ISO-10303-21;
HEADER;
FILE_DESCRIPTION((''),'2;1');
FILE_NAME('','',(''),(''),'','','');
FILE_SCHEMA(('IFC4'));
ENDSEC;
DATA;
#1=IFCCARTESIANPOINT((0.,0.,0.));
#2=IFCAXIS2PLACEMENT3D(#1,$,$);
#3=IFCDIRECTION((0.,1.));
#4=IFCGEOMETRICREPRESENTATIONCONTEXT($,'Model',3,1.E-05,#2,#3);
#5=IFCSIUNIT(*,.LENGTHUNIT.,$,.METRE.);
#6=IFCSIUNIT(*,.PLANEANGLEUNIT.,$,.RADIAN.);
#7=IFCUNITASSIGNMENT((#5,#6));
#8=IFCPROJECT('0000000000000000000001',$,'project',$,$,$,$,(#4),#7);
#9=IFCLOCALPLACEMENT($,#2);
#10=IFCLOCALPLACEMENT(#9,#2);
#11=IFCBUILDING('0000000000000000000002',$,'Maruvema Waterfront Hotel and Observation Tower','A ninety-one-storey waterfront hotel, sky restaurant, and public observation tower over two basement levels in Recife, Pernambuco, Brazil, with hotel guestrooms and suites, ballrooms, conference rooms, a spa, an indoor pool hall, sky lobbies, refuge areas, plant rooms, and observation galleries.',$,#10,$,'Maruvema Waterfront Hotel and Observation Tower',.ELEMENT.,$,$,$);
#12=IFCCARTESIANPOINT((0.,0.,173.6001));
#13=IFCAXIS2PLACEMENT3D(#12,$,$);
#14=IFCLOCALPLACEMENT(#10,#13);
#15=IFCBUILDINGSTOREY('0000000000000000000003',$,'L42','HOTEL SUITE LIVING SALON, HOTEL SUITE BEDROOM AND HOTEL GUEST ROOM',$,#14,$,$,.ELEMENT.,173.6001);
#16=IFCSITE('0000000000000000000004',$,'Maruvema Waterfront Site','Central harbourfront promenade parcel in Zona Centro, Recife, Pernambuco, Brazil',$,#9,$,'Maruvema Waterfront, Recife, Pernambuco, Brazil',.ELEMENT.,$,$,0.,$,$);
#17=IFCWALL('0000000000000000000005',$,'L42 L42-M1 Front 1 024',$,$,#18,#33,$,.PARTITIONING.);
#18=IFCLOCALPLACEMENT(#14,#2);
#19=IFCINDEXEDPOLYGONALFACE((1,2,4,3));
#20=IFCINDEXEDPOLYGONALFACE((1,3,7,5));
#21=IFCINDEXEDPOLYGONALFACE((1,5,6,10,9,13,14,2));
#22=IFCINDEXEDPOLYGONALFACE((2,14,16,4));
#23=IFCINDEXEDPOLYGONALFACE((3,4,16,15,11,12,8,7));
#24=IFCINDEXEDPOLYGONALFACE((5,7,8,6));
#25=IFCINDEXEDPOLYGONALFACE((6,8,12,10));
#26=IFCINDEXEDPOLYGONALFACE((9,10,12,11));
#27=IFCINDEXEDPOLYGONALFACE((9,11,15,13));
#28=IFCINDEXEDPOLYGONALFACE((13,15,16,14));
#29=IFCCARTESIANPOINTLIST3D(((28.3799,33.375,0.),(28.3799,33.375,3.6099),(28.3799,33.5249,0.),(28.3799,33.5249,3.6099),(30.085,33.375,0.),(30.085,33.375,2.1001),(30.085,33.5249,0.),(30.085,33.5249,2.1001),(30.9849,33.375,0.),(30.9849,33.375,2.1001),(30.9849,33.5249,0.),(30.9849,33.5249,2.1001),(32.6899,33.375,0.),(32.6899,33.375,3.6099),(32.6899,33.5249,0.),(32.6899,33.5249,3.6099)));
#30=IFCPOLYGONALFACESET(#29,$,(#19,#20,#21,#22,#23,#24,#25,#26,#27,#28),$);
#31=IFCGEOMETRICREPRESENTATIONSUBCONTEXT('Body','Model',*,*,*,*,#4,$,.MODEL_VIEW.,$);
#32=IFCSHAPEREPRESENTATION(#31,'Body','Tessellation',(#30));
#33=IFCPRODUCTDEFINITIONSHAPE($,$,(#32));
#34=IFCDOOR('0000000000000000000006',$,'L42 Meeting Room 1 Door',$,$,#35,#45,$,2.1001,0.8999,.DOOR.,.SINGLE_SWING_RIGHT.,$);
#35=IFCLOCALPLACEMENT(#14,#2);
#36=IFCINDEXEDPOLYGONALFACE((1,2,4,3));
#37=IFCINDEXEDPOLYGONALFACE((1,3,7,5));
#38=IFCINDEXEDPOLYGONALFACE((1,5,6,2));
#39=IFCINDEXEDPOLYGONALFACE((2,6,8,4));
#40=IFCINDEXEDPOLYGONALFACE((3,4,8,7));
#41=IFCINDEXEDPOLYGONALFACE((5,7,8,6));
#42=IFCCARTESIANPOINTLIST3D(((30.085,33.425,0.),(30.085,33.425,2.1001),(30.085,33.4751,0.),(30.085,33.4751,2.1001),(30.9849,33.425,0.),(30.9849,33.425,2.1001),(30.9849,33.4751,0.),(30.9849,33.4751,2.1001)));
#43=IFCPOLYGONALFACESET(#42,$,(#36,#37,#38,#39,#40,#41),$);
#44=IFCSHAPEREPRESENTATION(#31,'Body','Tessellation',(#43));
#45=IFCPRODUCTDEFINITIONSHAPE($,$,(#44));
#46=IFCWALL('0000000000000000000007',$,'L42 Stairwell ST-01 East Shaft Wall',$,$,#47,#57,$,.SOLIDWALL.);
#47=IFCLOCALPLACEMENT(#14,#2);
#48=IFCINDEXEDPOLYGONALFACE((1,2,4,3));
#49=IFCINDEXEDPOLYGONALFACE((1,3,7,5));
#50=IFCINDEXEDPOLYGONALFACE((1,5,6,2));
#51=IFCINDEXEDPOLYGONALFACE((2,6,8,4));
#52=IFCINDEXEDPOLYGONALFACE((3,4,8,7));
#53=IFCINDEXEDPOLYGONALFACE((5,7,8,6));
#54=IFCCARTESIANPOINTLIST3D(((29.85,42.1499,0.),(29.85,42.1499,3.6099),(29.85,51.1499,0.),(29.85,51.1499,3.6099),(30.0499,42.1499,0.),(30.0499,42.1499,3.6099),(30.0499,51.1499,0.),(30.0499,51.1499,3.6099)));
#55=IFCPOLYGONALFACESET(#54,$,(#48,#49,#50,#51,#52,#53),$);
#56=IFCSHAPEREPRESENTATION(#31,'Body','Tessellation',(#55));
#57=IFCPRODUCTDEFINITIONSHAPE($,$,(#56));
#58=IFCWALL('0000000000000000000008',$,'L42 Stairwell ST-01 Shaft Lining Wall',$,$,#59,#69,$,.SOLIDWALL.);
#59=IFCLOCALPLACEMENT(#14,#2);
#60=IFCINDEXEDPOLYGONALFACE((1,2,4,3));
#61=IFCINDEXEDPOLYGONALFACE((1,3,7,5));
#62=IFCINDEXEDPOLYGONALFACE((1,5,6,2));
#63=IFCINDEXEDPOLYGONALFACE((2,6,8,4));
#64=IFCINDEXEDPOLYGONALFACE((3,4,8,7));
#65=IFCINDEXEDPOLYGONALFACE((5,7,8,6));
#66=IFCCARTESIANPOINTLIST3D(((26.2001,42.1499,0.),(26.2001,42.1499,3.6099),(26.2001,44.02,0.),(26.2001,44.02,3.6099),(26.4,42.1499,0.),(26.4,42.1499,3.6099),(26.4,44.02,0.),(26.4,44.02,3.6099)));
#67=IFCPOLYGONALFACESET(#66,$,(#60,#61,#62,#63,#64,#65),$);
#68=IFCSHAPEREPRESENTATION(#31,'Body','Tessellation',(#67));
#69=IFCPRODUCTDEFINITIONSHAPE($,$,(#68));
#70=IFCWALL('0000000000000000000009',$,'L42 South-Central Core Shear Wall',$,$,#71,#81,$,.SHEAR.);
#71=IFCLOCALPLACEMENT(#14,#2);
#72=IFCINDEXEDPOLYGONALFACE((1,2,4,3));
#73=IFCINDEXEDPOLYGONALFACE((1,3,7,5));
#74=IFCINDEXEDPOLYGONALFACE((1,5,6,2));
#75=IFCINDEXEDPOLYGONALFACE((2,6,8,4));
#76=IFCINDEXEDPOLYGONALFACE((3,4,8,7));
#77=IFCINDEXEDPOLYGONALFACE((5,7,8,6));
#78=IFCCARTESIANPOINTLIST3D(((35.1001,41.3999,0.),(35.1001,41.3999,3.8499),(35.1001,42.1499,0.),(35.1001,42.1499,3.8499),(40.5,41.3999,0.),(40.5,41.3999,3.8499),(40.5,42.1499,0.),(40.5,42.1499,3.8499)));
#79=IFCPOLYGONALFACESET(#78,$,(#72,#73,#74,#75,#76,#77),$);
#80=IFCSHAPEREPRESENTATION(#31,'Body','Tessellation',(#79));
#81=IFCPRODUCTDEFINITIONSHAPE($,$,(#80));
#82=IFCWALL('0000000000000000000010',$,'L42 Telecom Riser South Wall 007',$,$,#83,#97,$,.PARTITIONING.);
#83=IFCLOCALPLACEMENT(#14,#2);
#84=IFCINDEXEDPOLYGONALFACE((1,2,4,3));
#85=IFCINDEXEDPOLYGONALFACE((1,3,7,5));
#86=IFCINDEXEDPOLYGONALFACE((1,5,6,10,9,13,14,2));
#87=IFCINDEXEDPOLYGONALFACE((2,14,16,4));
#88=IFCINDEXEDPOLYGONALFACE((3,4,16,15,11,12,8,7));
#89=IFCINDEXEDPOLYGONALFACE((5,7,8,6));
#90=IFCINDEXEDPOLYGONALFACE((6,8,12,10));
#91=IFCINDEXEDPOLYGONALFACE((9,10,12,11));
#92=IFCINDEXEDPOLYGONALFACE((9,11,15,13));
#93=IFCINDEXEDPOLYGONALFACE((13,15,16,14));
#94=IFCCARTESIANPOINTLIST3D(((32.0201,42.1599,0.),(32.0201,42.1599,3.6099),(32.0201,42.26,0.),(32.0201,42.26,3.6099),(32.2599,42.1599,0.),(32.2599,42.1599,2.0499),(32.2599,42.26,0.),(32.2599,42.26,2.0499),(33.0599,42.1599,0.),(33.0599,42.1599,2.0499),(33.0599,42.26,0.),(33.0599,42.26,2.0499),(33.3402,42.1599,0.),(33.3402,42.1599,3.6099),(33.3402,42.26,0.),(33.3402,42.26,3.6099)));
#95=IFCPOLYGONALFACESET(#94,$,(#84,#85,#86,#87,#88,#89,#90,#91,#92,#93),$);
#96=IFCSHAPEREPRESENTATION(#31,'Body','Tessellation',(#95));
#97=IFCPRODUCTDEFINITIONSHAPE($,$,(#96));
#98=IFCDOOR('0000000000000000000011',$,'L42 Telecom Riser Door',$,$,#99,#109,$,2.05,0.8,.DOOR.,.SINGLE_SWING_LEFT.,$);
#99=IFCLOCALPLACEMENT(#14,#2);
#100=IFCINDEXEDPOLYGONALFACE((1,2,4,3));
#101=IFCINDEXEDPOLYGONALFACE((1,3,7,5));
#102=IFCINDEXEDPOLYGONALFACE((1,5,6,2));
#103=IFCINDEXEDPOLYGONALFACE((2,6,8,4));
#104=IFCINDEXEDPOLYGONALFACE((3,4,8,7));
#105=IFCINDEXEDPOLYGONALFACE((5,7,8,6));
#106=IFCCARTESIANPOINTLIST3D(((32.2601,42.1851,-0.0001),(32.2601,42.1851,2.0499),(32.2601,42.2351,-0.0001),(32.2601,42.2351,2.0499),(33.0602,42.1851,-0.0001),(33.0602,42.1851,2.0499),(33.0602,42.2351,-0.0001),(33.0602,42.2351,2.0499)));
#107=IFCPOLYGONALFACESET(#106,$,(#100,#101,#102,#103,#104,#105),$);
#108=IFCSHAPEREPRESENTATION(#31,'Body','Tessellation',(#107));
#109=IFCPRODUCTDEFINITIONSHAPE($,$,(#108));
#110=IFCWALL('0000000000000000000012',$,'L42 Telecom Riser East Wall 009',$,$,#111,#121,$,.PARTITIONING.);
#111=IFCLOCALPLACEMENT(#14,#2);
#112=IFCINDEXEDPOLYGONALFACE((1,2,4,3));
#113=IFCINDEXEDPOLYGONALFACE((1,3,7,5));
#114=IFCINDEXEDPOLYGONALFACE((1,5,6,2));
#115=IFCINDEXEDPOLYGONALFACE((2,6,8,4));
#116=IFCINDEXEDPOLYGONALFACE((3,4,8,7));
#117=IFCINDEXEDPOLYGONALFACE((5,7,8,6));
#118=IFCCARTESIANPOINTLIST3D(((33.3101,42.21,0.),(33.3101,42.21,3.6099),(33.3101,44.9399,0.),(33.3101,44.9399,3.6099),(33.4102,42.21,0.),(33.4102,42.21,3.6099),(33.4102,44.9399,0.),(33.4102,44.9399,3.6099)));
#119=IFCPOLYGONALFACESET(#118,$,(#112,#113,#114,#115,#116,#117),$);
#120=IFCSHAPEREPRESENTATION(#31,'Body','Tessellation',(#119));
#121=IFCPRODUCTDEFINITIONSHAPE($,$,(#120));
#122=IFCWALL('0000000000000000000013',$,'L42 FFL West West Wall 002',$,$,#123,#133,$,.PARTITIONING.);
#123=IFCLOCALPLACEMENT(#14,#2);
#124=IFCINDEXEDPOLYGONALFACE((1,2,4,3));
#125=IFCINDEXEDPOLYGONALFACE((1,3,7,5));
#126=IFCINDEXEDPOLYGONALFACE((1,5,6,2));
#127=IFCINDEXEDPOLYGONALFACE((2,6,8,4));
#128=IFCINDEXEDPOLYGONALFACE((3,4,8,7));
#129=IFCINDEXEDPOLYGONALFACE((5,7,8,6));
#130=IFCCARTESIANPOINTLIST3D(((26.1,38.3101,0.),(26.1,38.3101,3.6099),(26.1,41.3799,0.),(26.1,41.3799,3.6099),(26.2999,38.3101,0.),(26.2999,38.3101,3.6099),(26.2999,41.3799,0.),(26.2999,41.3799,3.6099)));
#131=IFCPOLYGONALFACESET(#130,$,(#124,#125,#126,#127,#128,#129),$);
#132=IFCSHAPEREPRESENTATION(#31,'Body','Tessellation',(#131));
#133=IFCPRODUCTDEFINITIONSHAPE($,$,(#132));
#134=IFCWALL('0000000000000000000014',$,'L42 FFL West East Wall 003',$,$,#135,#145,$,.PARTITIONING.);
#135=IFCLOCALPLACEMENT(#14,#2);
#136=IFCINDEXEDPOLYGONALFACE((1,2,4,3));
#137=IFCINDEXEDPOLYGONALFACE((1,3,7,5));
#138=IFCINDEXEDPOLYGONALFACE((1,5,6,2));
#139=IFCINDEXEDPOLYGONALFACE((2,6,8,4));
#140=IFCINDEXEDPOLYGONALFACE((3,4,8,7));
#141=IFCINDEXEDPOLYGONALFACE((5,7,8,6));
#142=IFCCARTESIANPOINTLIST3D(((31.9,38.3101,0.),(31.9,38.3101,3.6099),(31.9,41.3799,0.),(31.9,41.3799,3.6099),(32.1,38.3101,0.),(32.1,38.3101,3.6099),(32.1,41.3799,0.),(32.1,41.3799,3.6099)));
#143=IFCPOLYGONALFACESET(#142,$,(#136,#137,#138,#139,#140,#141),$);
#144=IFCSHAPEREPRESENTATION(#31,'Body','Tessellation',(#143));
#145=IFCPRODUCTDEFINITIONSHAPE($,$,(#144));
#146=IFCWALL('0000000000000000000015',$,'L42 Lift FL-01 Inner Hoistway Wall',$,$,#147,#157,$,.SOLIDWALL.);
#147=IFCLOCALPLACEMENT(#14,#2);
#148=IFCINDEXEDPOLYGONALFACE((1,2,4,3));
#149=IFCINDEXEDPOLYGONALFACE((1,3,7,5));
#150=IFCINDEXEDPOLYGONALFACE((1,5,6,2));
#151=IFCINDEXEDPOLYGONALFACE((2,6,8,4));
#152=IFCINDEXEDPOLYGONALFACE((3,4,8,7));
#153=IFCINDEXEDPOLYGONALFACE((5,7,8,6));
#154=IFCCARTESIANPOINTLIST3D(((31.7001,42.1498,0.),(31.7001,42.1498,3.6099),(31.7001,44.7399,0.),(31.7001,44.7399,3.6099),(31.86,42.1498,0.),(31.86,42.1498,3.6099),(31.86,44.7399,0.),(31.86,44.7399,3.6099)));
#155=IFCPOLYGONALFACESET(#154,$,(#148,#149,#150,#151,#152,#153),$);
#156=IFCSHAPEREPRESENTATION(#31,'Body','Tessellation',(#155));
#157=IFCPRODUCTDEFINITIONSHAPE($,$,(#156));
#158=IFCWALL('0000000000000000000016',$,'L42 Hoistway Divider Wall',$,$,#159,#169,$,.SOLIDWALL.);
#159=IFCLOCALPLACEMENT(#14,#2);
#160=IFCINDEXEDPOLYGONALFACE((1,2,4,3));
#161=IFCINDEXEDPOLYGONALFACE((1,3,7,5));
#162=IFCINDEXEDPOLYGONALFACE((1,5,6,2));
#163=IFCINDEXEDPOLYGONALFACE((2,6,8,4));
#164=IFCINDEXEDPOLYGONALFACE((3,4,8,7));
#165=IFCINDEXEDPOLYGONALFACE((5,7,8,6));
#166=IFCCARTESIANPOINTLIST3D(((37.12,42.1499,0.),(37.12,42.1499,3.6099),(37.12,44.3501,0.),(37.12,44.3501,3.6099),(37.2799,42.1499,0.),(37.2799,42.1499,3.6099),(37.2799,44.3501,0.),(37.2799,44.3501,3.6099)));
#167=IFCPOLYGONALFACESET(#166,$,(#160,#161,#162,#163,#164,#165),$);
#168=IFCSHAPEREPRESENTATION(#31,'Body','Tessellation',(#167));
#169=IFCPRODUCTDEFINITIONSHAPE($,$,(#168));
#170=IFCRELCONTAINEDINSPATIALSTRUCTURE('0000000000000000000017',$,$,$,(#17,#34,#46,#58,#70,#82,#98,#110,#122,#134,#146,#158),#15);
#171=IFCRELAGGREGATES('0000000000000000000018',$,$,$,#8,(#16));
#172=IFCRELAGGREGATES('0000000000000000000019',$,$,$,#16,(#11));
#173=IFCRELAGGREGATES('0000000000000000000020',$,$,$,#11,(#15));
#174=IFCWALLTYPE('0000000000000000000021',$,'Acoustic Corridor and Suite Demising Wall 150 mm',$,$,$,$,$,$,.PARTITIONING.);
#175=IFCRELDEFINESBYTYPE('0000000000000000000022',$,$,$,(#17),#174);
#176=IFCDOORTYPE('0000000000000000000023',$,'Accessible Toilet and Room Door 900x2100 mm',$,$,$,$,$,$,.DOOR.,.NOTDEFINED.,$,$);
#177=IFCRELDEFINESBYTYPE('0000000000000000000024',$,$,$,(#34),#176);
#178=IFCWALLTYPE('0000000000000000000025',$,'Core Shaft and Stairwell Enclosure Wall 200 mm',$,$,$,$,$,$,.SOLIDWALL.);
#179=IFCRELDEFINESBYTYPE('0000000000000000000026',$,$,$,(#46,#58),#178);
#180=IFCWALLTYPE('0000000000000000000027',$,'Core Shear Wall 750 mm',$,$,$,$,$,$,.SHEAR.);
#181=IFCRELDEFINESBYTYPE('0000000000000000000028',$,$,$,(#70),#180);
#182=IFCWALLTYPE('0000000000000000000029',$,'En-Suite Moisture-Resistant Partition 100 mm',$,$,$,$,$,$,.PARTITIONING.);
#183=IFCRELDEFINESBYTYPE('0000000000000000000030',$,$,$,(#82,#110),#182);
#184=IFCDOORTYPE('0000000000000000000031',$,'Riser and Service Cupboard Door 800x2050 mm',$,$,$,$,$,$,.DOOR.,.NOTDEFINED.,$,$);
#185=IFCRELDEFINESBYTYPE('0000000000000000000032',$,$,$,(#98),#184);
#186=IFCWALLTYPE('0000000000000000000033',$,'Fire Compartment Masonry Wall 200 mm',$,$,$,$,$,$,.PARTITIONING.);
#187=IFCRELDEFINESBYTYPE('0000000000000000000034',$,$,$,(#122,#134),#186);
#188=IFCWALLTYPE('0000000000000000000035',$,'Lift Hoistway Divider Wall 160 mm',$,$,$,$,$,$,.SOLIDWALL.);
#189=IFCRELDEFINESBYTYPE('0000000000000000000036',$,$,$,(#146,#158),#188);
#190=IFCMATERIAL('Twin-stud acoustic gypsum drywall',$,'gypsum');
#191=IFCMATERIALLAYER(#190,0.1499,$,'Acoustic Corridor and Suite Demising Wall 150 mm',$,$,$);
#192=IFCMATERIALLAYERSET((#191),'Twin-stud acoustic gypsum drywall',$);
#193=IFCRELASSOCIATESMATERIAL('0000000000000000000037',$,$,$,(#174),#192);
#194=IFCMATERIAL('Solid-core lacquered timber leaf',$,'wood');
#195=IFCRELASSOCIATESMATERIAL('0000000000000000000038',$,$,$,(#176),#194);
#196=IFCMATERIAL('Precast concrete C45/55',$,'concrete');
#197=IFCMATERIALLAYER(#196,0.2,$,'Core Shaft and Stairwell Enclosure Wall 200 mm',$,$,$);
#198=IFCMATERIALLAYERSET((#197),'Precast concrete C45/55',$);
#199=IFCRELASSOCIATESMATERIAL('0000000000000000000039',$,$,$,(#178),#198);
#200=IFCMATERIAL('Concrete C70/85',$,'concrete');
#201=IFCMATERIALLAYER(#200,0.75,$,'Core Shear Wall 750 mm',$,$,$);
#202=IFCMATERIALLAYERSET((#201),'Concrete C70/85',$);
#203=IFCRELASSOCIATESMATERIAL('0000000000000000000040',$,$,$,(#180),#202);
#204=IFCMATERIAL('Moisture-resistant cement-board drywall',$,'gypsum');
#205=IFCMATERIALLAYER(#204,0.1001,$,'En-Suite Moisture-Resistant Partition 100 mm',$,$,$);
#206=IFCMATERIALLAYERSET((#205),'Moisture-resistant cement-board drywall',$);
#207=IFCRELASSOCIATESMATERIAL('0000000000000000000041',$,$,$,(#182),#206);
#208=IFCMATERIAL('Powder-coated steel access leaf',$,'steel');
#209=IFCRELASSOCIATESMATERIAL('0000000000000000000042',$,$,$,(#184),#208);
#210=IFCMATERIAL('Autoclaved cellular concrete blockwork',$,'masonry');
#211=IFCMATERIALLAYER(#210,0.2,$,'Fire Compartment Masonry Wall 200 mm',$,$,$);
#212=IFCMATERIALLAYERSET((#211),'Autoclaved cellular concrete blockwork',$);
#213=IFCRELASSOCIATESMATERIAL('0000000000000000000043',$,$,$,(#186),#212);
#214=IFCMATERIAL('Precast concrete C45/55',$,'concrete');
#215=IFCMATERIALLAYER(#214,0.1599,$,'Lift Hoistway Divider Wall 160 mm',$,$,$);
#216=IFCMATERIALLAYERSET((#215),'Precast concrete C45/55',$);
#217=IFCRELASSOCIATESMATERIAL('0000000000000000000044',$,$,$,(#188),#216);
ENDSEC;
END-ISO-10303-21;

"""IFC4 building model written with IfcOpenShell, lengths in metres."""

from ifc_helpers import new_model, si_unit, direction, frame, frame_2d, origin, place, context, subcontext, project, spatial, rectangle, extrude, material, layer, layer_set, type_object, element, fill, save


model = new_model("IFC4")

# Units and contexts
model_context = context("Model", 3, precision=1e-05, world=origin(), true_north=direction((0.0, 1.0)))
body_context = subcontext(model_context, "Body", "Model", "MODEL_VIEW")
ifc_project = project(units=[si_unit("LENGTHUNIT", "METRE"), si_unit("PLANEANGLEUNIT", "RADIAN")], contexts=[model_context])

# Site, building, storey
site_placement = place(None, origin())
site = spatial("IfcSite", under=ifc_project, at=site_placement, Name="Maruvema Waterfront Site", Description="Central harbourfront promenade parcel in Zona Centro, Recife, Pernambuco, Brazil", LongName="Maruvema Waterfront, Recife, Pernambuco, Brazil", CompositionType="ELEMENT", RefElevation=0.0)
building_placement = place(site_placement, origin())
building = spatial("IfcBuilding", under=site, at=building_placement, Name="Maruvema Waterfront Hotel and Observation Tower", Description="A ninety-one-storey waterfront hotel, sky restaurant, and public observation tower over two basement levels in Recife, Pernambuco, Brazil, with hotel guestrooms and suites, ballrooms, conference rooms, a spa, an indoor pool hall, sky lobbies, refuge areas, plant rooms, and observation galleries.", LongName="Maruvema Waterfront Hotel and Observation Tower", CompositionType="ELEMENT")
storey_placement = place(building_placement, frame((0.0, 0.0, 173.6001)))
storey = spatial("IfcBuildingStorey", under=building, at=storey_placement, Name="L42", Description="HOTEL SUITE LIVING SALON, HOTEL SUITE BEDROOM AND HOTEL GUEST ROOM", CompositionType="ELEMENT", Elevation=173.6001)

# Shared definitions
ifc_material_1 = material(Name="Twin-stud acoustic gypsum drywall", Category="gypsum")
ifc_layer_1 = layer(ifc_material_1, 0.1499, Name="Acoustic Corridor and Suite Demising Wall 150 mm")
ifc_layer_set_1 = layer_set([ifc_layer_1], Name="Twin-stud acoustic gypsum drywall")
wall_type_1 = type_object("IfcWallType", Name="Acoustic Corridor and Suite Demising Wall 150 mm", PredefinedType="PARTITIONING", material=ifc_layer_set_1)
ifc_material_2 = material(Name="Solid-core lacquered timber leaf", Category="wood")
door_type_1 = type_object("IfcDoorType", Name="Accessible Toilet and Room Door 900x2100 mm", OperationType="NOTDEFINED", PredefinedType="DOOR", material=ifc_material_2)

# Wall, opening, door
wall_1_placement = place(storey_placement, frame((28.3799, 33.45, 0.0), z_axis=(0.0, 0.0, 1.0), x_axis=(1.0, 0.0, 0.0)))
wall_1 = element("IfcWall", 1, at=wall_1_placement, inside=storey, type_object=wall_type_1, Name="L42 L42-M1 Front 1 024", PredefinedType="PARTITIONING", context=body_context, shape_type="SweptSolid", body=[
    extrude(rectangle(XDim=4.3101, YDim=0.1499, at=frame_2d((2.155, 0.0))), origin(), (0.0, 0.0, 1.0), 3.6099),
])
opening_1_placement = place(wall_1_placement, frame((1.7051, 0.0, 0.0)))
opening_1 = element("IfcOpeningElement", 2, at=opening_1_placement, cuts=wall_1, PredefinedType="OPENING", context=body_context, shape_type="SweptSolid", body=[
    extrude(rectangle(XDim=0.8999, YDim=2.1001, at=frame_2d((0.45, 1.05))), frame((0.0, 0.085, 0.0), z_axis=(0.0, -1.0, 0.0), x_axis=(1.0, 0.0, 0.0)), (0.0, 0.0, 1.0), 0.1699),
])
door_1_placement = place(opening_1_placement, frame((0.8999, 0.0, 0.0), z_axis=(0.0, 0.0, 1.0), x_axis=(-1.0, 0.0, 0.0)))
door_1 = element("IfcDoor", 3, at=door_1_placement, inside=storey, type_object=door_type_1, Name="L42 Meeting Room 1 Door", OperationType="SINGLE_SWING_RIGHT", OverallHeight=2.1001, OverallWidth=0.8999, PredefinedType="DOOR", context=body_context, shape_type="SweptSolid", body=[
    extrude(rectangle(XDim=0.8999, YDim=2.1001, at=frame_2d((0.45, 1.05))), frame((0.0, 0.0249, 0.0), z_axis=(0.0, -1.0, 0.0), x_axis=(1.0, 0.0, 0.0)), (0.0, 0.0, 1.0), 0.05),
])
fill(opening_1, door_1)

# Walls
ifc_material_3 = material(Name="Precast concrete C45/55", Category="concrete")
ifc_layer_2 = layer(ifc_material_3, 0.2, Name="Core Shaft and Stairwell Enclosure Wall 200 mm")
ifc_layer_set_2 = layer_set([ifc_layer_2], Name="Precast concrete C45/55")
wall_type_2 = type_object("IfcWallType", Name="Core Shaft and Stairwell Enclosure Wall 200 mm", PredefinedType="SOLIDWALL", material=ifc_layer_set_2)
wall_2_placement = place(storey_placement, frame((29.95, 42.1499, 0.0), z_axis=(0.0, 0.0, 1.0), x_axis=(0.0, 1.0, 0.0)))
element("IfcWall", 4, at=wall_2_placement, inside=storey, type_object=wall_type_2, Name="L42 Stairwell ST-01 East Shaft Wall", PredefinedType="SOLIDWALL", context=body_context, shape_type="SweptSolid", body=[
    extrude(rectangle(XDim=9.0, YDim=0.2, at=frame_2d((4.5, 0.0))), origin(), (0.0, 0.0, 1.0), 3.6099),
])
wall_3_placement = place(storey_placement, frame((26.3, 42.1499, 0.0), z_axis=(0.0, 0.0, 1.0), x_axis=(0.0, 1.0, 0.0)))
element("IfcWall", 5, at=wall_3_placement, inside=storey, type_object=wall_type_2, Name="L42 Stairwell ST-01 Shaft Lining Wall", PredefinedType="SOLIDWALL", context=body_context, shape_type="SweptSolid", body=[
    extrude(rectangle(XDim=1.8701, YDim=0.2, at=frame_2d((0.9351, 0.0))), origin(), (0.0, 0.0, 1.0), 3.6099),
])
ifc_material_4 = material(Name="Concrete C70/85", Category="concrete")
ifc_layer_3 = layer(ifc_material_4, 0.75, Name="Core Shear Wall 750 mm")
ifc_layer_set_3 = layer_set([ifc_layer_3], Name="Concrete C70/85")
wall_type_3 = type_object("IfcWallType", Name="Core Shear Wall 750 mm", PredefinedType="SHEAR", material=ifc_layer_set_3)
wall_4_placement = place(storey_placement, frame((35.1001, 41.7749, 0.0), z_axis=(0.0, 0.0, 1.0), x_axis=(1.0, 0.0, 0.0)))
element("IfcWall", 6, at=wall_4_placement, inside=storey, type_object=wall_type_3, Name="L42 South-Central Core Shear Wall", PredefinedType="SHEAR", context=body_context, shape_type="SweptSolid", body=[
    extrude(rectangle(XDim=5.3999, YDim=0.75, at=frame_2d((2.7, 0.0))), origin(), (0.0, 0.0, 1.0), 3.8499),
])

# Wall, opening, door
ifc_material_5 = material(Name="Moisture-resistant cement-board drywall", Category="gypsum")
ifc_layer_4 = layer(ifc_material_5, 0.1001, Name="En-Suite Moisture-Resistant Partition 100 mm")
ifc_layer_set_4 = layer_set([ifc_layer_4], Name="Moisture-resistant cement-board drywall")
wall_type_4 = type_object("IfcWallType", Name="En-Suite Moisture-Resistant Partition 100 mm", PredefinedType="PARTITIONING", material=ifc_layer_set_4)
wall_5_placement = place(storey_placement, frame((32.02, 42.21, 0.0), z_axis=(0.0, 0.0, 1.0), x_axis=(1.0, 0.0, 0.0)))
wall_5 = element("IfcWall", 7, at=wall_5_placement, inside=storey, type_object=wall_type_4, Name="L42 Telecom Riser South Wall 007", PredefinedType="PARTITIONING", context=body_context, shape_type="SweptSolid", body=[
    extrude(rectangle(XDim=1.3201, YDim=0.1001, at=frame_2d((0.6602, 0.0))), origin(), (0.0, 0.0, 1.0), 3.6099),
])
opening_2_placement = place(wall_5_placement, frame((0.24, 0.0, 0.0)))
opening_2 = element("IfcOpeningElement", 8, at=opening_2_placement, cuts=wall_5, PredefinedType="OPENING", context=body_context, shape_type="SweptSolid", body=[
    extrude(rectangle(XDim=0.8, YDim=2.05, at=frame_2d((0.3999, 1.0249))), frame((0.0, 0.0601, 0.0), z_axis=(0.0, -1.0, 0.0), x_axis=(1.0, 0.0, 0.0)), (0.0, 0.0, 1.0), 0.1201),
])
ifc_material_6 = material(Name="Powder-coated steel access leaf", Category="steel")
door_type_2 = type_object("IfcDoorType", Name="Riser and Service Cupboard Door 800x2050 mm", OperationType="NOTDEFINED", PredefinedType="DOOR", material=ifc_material_6)
door_2_placement = place(opening_2_placement, frame((0.8, 0.0, 0.0), z_axis=(0.0, 0.0, 1.0), x_axis=(-1.0, 0.0, 0.0)))
door_2 = element("IfcDoor", 9, at=door_2_placement, inside=storey, type_object=door_type_2, Name="L42 Telecom Riser Door", OperationType="SINGLE_SWING_LEFT", OverallHeight=2.05, OverallWidth=0.8, PredefinedType="DOOR", context=body_context, shape_type="SweptSolid", body=[
    extrude(rectangle(XDim=0.8, YDim=2.05, at=frame_2d((0.3999, 1.0249))), frame((0.0, 0.0249, 0.0), z_axis=(0.0, -1.0, 0.0), x_axis=(1.0, 0.0, 0.0)), (0.0, 0.0, 1.0), 0.05),
])
fill(opening_2, door_2)

# Wall
wall_6_placement = place(storey_placement, frame((33.3601, 42.21, 0.0), z_axis=(0.0, 0.0, 1.0), x_axis=(0.0, 1.0, 0.0)))
element("IfcWall", 10, at=wall_6_placement, inside=storey, type_object=wall_type_4, Name="L42 Telecom Riser East Wall 009", PredefinedType="PARTITIONING", context=body_context, shape_type="SweptSolid", body=[
    extrude(rectangle(XDim=2.73, YDim=0.1001, at=frame_2d((1.365, 0.0))), origin(), (0.0, 0.0, 1.0), 3.6099),
])

# Shared definitions
ifc_material_7 = material(Name="Autoclaved cellular concrete blockwork", Category="masonry")
ifc_layer_5 = layer(ifc_material_7, 0.2, Name="Fire Compartment Masonry Wall 200 mm")
ifc_layer_set_5 = layer_set([ifc_layer_5], Name="Autoclaved cellular concrete blockwork")
wall_type_5 = type_object("IfcWallType", Name="Fire Compartment Masonry Wall 200 mm", PredefinedType="PARTITIONING", material=ifc_layer_set_5)

# Walls
for number, where, z_axis, x_axis, name in (
    (11, (26.2, 38.3101, 0.0), (0.0, 0.0, 1.0), (0.0, 1.0, 0.0), "L42 FFL West West Wall 002"),
    (12, (32.0, 38.3101, 0.0), (0.0, 0.0, 1.0), (0.0, 1.0, 0.0), "L42 FFL West East Wall 003"),
):
    element("IfcWall", number, at=place(storey_placement, frame(where, z_axis=z_axis, x_axis=x_axis)), inside=storey, type_object=wall_type_5, Name=name, PredefinedType="PARTITIONING", context=body_context, shape_type="SweptSolid", body=[
        extrude(rectangle(XDim=3.0698, YDim=0.2, at=frame_2d((1.5349, 0.0))), origin(), (0.0, 0.0, 1.0), 3.6099),
    ])
ifc_material_8 = material(Name="Precast concrete C45/55", Category="concrete")
ifc_layer_6 = layer(ifc_material_8, 0.1599, Name="Lift Hoistway Divider Wall 160 mm")
ifc_layer_set_6 = layer_set([ifc_layer_6], Name="Precast concrete C45/55")
wall_type_6 = type_object("IfcWallType", Name="Lift Hoistway Divider Wall 160 mm", PredefinedType="SOLIDWALL", material=ifc_layer_set_6)
wall_7_placement = place(storey_placement, frame((31.78, 42.1499, 0.0), z_axis=(0.0, 0.0, 1.0), x_axis=(0.0, 1.0, 0.0)))
element("IfcWall", 13, at=wall_7_placement, inside=storey, type_object=wall_type_6, Name="L42 Lift FL-01 Inner Hoistway Wall", PredefinedType="SOLIDWALL", context=body_context, shape_type="SweptSolid", body=[
    extrude(rectangle(XDim=2.5901, YDim=0.1599, at=frame_2d((1.2949, 0.0))), origin(), (0.0, 0.0, 1.0), 3.6099),
])
wall_8_placement = place(storey_placement, frame((37.2, 42.1499, 0.0), z_axis=(0.0, 0.0, 1.0), x_axis=(0.0, 1.0, 0.0)))
element("IfcWall", 14, at=wall_8_placement, inside=storey, type_object=wall_type_6, Name="L42 Hoistway Divider Wall", PredefinedType="SOLIDWALL", context=body_context, shape_type="SweptSolid", body=[
    extrude(rectangle(XDim=2.2002, YDim=0.1599, at=frame_2d((1.1001, 0.0))), origin(), (0.0, 0.0, 1.0), 3.6099),
])

save(model, "model.ifc")
